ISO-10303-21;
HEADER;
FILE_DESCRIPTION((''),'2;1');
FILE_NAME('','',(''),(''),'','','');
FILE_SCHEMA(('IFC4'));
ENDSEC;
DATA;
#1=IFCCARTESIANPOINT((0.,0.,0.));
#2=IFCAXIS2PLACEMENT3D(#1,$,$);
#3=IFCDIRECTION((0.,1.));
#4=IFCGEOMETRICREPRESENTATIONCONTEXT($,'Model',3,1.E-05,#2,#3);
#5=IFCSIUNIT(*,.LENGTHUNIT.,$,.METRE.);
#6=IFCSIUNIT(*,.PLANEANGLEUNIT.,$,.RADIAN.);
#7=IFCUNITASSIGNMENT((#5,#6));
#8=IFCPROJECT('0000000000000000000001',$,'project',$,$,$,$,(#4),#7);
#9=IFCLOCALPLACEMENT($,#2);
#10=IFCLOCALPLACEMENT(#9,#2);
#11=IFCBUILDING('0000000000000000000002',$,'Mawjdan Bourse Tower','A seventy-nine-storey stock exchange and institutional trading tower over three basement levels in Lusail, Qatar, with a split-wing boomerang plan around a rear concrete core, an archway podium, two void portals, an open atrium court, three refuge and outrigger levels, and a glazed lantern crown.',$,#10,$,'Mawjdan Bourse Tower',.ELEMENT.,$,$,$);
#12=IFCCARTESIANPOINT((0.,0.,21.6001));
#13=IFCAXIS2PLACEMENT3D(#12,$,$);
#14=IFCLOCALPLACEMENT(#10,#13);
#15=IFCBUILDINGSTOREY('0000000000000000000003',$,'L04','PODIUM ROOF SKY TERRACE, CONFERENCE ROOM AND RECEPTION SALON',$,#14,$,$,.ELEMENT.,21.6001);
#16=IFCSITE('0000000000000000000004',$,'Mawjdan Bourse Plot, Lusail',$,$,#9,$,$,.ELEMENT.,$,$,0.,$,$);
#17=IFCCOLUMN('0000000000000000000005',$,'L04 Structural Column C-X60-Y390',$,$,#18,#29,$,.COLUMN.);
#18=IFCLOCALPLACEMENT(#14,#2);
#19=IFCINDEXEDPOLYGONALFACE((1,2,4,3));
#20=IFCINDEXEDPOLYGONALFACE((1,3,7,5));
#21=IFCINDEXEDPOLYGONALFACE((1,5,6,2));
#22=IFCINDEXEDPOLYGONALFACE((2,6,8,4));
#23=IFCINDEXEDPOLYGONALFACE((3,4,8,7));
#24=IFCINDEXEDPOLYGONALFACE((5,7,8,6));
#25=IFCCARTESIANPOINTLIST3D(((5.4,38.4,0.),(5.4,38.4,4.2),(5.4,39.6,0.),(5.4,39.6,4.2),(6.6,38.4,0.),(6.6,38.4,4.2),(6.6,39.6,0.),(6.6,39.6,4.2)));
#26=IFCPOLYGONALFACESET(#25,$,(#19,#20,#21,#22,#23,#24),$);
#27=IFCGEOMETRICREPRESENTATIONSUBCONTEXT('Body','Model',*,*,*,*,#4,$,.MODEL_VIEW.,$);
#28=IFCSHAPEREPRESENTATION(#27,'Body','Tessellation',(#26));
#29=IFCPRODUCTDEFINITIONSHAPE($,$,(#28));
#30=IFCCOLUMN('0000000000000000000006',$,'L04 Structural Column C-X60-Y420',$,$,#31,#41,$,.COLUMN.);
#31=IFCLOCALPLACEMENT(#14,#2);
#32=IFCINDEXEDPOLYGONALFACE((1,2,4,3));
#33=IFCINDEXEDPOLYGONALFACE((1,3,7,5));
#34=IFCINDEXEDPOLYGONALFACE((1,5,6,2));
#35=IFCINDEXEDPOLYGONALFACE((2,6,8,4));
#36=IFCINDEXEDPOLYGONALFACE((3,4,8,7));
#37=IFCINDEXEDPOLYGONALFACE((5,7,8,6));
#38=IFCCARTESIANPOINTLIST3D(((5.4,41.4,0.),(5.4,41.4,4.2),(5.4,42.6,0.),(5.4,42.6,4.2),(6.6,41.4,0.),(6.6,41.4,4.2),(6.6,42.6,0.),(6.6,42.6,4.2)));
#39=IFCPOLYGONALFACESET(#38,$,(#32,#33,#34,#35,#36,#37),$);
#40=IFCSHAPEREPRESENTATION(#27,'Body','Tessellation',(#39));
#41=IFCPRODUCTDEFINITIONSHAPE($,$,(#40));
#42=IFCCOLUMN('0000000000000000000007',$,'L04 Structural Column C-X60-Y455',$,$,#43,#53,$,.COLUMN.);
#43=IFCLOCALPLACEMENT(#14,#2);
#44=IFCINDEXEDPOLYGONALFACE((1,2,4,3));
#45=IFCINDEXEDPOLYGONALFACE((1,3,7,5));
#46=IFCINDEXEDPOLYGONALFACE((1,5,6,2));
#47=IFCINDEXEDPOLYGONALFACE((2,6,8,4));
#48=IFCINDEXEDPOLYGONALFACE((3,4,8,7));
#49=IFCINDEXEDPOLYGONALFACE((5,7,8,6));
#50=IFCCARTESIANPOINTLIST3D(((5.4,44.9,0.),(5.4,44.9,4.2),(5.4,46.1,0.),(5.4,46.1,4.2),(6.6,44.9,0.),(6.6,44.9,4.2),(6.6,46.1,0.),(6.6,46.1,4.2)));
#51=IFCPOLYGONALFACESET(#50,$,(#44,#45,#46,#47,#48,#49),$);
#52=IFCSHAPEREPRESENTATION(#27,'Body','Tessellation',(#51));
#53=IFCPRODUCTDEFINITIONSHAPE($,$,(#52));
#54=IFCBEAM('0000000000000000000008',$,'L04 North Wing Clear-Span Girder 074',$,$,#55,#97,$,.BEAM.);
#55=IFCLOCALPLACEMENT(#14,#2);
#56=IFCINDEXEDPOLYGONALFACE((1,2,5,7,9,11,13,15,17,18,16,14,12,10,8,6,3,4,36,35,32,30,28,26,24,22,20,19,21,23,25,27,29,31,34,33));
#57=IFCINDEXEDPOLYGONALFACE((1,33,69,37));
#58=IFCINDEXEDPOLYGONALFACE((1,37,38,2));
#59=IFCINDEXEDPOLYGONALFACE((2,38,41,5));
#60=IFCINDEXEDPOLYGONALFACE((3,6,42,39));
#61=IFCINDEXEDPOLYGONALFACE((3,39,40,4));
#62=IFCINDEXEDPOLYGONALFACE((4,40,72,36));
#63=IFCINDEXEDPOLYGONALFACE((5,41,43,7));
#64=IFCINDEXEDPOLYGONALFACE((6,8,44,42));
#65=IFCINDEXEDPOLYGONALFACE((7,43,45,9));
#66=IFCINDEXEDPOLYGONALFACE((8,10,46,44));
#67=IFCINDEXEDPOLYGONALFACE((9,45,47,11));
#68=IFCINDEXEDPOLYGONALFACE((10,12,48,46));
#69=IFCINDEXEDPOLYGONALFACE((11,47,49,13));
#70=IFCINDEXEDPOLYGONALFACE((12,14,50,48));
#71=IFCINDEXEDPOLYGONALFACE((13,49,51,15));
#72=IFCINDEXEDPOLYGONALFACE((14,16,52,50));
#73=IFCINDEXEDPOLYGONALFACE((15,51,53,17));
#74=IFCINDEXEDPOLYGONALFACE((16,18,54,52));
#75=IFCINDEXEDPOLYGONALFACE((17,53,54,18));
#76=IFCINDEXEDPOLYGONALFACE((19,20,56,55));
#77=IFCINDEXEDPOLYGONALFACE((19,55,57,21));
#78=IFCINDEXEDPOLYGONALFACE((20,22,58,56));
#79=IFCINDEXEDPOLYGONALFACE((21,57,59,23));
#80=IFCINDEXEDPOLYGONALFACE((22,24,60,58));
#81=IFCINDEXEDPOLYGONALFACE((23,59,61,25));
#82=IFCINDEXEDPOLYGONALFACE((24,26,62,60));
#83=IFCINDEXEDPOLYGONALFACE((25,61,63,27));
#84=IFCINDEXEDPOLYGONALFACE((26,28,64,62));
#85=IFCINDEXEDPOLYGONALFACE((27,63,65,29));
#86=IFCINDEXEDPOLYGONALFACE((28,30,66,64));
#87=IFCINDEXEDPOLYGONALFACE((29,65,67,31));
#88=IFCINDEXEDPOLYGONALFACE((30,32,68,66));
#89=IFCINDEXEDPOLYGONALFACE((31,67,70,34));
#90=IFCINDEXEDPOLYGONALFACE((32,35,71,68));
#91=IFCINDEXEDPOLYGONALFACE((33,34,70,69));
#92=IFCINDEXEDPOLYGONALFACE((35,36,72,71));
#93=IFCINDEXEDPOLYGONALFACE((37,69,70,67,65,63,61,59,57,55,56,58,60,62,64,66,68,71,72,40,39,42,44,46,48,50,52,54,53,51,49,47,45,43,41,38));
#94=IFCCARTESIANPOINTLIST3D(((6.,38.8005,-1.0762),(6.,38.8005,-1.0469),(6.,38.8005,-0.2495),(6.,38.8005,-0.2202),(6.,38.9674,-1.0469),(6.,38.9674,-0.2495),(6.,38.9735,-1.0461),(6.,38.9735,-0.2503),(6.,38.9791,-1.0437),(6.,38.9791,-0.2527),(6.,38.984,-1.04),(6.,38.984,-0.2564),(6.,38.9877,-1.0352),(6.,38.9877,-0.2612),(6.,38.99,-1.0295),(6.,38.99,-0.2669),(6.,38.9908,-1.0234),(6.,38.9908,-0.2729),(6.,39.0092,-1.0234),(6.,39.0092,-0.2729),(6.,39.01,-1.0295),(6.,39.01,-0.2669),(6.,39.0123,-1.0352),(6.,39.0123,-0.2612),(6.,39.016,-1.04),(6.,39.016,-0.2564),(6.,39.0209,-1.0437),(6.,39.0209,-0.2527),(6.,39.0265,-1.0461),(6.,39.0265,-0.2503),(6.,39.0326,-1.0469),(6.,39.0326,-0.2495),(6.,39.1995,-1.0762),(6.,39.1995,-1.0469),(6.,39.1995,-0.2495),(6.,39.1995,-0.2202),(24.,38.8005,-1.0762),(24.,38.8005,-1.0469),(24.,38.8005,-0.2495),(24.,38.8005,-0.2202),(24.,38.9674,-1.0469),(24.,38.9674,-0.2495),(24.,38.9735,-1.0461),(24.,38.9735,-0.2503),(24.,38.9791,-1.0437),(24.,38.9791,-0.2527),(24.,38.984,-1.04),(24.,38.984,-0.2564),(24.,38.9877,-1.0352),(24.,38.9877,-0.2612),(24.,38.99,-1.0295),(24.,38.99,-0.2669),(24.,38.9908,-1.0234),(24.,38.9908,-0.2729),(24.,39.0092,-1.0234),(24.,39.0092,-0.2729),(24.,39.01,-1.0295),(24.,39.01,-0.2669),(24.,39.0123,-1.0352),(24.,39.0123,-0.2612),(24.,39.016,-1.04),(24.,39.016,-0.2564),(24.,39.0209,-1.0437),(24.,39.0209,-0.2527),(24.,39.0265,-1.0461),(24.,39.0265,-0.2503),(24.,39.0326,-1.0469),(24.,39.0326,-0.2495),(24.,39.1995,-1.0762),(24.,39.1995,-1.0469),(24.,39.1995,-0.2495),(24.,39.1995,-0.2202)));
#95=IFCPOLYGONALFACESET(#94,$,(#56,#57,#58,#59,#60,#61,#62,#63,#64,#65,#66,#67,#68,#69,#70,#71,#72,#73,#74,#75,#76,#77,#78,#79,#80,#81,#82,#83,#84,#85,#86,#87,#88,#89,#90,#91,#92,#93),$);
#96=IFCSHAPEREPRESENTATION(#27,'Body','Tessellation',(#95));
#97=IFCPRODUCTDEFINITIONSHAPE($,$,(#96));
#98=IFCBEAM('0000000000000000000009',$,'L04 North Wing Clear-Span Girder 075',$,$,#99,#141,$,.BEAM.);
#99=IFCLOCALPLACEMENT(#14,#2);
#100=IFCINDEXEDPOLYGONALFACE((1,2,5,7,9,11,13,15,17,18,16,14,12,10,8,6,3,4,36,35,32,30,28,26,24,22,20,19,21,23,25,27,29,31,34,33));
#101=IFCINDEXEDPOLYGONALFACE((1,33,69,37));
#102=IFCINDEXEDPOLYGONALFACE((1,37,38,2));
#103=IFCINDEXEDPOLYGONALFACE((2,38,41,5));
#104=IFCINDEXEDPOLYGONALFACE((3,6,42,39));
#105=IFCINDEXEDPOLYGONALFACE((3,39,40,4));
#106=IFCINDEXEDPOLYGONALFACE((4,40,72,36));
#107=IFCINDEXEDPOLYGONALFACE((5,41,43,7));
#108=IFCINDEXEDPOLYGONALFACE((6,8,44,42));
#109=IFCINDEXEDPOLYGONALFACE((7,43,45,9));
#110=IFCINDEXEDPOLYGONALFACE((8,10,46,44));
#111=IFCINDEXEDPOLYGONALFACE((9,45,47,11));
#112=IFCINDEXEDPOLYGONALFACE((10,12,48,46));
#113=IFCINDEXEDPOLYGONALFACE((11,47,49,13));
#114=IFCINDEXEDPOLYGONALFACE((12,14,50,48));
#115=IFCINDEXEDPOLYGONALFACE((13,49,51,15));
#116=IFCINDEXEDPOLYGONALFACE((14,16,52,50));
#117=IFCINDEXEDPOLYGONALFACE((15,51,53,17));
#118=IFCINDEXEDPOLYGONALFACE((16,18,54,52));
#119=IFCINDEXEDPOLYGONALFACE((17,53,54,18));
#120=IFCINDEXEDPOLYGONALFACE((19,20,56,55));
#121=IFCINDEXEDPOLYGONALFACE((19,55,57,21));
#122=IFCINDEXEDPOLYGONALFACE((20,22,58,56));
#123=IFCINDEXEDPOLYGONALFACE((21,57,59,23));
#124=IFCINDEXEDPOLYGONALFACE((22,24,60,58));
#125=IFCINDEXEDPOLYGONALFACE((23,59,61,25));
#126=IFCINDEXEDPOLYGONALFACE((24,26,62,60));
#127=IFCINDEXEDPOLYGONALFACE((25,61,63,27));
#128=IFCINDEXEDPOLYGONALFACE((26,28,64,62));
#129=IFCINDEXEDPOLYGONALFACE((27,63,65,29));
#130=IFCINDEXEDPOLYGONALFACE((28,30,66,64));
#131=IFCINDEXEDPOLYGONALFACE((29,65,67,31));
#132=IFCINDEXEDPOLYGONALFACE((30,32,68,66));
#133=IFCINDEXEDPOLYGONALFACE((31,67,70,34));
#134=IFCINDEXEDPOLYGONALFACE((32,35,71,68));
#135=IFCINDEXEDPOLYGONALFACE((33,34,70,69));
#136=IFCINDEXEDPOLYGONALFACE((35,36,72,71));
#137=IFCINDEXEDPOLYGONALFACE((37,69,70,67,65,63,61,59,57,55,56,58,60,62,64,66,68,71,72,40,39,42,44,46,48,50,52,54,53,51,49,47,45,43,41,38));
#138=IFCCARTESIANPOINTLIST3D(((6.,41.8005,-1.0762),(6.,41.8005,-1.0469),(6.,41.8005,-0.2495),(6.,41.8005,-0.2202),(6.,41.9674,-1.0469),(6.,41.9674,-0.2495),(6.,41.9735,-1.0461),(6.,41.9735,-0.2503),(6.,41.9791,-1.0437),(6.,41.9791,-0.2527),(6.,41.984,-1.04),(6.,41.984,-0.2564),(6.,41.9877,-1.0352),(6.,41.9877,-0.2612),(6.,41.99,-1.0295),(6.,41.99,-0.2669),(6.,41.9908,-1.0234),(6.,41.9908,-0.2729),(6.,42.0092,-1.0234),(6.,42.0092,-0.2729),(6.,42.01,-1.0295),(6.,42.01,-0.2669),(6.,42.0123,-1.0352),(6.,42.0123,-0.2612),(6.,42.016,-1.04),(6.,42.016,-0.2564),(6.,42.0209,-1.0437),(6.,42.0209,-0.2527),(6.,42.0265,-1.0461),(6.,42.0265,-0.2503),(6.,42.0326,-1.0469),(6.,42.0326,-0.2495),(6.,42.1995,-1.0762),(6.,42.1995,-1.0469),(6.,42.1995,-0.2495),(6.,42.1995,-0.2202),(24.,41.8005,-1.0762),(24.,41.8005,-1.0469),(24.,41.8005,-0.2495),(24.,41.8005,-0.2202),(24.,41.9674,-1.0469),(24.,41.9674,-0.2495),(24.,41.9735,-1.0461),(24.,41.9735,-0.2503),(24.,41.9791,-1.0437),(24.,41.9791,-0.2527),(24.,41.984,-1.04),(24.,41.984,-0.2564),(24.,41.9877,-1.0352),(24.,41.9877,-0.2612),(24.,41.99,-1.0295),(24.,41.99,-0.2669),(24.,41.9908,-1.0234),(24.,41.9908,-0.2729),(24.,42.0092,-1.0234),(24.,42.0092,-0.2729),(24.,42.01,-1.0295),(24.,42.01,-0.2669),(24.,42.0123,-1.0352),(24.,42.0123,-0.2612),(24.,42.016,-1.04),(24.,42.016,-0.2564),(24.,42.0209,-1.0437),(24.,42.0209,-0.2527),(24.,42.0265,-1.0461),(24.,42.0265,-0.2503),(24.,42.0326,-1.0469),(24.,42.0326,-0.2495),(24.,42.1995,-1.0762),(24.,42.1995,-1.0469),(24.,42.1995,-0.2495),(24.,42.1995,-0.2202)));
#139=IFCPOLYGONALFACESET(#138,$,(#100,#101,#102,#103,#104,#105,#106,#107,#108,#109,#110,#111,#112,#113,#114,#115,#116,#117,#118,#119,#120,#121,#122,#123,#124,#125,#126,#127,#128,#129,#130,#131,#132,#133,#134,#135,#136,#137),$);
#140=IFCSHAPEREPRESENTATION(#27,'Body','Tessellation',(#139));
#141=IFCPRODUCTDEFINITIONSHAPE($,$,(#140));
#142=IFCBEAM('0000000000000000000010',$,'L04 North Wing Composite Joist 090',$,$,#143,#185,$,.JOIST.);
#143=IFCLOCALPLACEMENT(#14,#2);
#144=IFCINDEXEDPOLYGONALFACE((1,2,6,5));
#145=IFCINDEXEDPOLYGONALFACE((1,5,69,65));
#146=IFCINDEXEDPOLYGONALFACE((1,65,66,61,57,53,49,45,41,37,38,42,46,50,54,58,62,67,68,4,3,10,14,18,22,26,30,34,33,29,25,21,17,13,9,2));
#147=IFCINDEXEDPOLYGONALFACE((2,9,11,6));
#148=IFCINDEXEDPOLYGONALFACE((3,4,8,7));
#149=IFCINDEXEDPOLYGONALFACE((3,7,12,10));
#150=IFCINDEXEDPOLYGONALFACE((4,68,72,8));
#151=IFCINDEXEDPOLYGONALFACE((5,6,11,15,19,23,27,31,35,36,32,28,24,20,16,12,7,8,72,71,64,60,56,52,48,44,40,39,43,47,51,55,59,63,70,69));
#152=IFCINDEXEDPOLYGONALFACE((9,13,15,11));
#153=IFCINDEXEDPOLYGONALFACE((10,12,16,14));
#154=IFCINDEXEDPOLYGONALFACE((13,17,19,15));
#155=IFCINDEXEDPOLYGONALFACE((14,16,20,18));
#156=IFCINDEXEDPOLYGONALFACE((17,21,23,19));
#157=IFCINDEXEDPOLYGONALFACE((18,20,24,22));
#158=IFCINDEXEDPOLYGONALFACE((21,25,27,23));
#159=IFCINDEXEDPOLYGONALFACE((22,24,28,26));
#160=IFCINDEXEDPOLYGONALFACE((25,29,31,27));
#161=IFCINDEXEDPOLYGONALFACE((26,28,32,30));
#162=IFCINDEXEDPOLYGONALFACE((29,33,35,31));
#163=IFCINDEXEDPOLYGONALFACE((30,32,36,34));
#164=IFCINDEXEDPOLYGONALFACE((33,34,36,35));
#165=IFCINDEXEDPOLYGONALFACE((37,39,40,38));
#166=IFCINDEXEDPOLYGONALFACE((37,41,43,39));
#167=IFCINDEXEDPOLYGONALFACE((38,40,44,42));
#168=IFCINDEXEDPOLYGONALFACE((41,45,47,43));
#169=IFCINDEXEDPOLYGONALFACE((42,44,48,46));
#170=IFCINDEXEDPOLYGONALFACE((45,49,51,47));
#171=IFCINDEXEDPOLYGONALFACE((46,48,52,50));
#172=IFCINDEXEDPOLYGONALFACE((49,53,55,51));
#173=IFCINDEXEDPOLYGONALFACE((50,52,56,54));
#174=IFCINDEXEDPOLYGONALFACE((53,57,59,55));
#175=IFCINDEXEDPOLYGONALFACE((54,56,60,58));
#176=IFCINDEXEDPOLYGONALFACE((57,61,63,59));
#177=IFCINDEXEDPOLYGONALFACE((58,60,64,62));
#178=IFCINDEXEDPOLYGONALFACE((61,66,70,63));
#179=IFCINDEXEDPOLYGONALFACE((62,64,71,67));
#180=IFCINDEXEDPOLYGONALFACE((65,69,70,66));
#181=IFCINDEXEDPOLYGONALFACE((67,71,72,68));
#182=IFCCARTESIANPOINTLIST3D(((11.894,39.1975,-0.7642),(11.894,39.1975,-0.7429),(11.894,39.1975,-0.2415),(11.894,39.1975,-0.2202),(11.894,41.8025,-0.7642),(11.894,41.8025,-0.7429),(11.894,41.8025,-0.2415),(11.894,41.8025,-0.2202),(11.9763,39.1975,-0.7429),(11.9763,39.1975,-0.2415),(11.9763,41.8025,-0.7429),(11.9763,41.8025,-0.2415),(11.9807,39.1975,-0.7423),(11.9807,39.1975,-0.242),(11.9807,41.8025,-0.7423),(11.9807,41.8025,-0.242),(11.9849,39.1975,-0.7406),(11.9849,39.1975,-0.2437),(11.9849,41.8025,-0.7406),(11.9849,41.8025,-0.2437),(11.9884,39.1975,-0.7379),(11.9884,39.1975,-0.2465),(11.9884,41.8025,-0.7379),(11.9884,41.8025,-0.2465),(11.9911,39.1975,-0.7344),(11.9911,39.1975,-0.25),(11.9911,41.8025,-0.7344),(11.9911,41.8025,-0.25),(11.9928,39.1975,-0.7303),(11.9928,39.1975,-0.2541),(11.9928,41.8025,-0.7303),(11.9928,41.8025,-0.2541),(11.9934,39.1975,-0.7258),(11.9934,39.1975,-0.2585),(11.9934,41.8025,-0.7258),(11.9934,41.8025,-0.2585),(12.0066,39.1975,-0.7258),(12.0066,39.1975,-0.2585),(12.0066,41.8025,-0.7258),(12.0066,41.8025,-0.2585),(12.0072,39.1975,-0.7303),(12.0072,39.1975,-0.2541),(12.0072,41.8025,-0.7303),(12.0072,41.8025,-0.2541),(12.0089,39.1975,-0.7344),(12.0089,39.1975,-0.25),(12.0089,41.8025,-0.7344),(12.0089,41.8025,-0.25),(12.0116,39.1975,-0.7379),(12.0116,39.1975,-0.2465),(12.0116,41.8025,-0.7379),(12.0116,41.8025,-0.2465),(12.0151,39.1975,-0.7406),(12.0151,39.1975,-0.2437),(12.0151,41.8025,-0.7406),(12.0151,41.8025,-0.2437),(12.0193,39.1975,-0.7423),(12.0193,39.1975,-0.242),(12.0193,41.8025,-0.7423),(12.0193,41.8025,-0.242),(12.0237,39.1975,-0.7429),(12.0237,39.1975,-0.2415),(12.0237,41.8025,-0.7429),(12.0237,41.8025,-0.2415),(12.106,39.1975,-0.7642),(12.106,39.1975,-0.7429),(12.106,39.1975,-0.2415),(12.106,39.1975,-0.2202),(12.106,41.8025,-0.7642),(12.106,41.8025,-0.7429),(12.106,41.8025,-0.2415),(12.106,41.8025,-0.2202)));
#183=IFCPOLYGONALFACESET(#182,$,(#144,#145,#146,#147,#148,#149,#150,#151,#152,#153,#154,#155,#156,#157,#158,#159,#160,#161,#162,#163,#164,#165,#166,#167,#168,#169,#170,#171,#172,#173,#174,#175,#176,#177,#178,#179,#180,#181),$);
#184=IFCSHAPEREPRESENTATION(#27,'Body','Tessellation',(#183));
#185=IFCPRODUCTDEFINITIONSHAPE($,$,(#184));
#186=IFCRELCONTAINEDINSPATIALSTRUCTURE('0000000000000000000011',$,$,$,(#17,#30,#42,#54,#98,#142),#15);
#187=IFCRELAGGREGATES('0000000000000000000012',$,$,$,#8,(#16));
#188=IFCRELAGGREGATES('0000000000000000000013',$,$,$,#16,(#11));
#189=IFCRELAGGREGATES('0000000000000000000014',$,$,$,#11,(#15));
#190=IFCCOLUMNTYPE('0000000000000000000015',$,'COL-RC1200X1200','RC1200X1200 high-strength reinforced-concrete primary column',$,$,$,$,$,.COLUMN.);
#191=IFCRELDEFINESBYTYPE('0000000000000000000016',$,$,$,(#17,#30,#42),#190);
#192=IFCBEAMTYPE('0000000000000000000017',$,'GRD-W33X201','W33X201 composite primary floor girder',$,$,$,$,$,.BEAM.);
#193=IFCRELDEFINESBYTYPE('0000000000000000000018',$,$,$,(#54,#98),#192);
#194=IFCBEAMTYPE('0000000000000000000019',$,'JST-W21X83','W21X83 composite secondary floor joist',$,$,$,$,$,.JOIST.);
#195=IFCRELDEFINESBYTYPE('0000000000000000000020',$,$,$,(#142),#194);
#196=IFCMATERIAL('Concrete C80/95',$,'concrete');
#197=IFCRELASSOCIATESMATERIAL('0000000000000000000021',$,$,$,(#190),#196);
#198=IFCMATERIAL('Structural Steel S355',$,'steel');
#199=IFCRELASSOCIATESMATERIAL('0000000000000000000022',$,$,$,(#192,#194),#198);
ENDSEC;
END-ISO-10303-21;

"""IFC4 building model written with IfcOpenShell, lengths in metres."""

from ifc_helpers import new_model, si_unit, direction, frame, origin, origin_2d, place, context, subcontext, project, spatial, rectangle, i_section, extrude, material, material_profile, profile_set, type_object, element, save


model = new_model("IFC4")

# Units and contexts
model_context = context("Model", 3, precision=1e-05, world=origin(), true_north=direction((0.0, 1.0)))
body_context = subcontext(model_context, "Body", "Model", "MODEL_VIEW")
ifc_project = project(units=[si_unit("LENGTHUNIT", "METRE"), si_unit("PLANEANGLEUNIT", "RADIAN")], contexts=[model_context])

# Site, building, storey
site_placement = place(None, origin())
site = spatial("IfcSite", under=ifc_project, at=site_placement, Name="Mawjdan Bourse Plot, Lusail", CompositionType="ELEMENT", RefElevation=0.0)
building_placement = place(site_placement, origin())
building = spatial("IfcBuilding", under=site, at=building_placement, Name="Mawjdan Bourse Tower", Description="A seventy-nine-storey stock exchange and institutional trading tower over three basement levels in Lusail, Qatar, with a split-wing boomerang plan around a rear concrete core, an archway podium, two void portals, an open atrium court, three refuge and outrigger levels, and a glazed lantern crown.", LongName="Mawjdan Bourse Tower", CompositionType="ELEMENT")
storey_placement = place(building_placement, frame((0.0, 0.0, 21.6001)))
storey = spatial("IfcBuildingStorey", under=building, at=storey_placement, Name="L04", Description="PODIUM ROOF SKY TERRACE, CONFERENCE ROOM AND RECEPTION SALON", CompositionType="ELEMENT", Elevation=21.6001)

# Columns
ifc_material_1 = material(Name="Concrete C80/95", Category="concrete")
ifc_material_profile_1 = material_profile(ifc_material_1, rectangle(XDim=1.2, YDim=1.2, at=origin_2d()), Name="RC1200X1200")
ifc_profile_set_1 = profile_set([ifc_material_profile_1], Name="Concrete C80/95")
column_type = type_object("IfcColumnType", Name="COL-RC1200X1200", Description="RC1200X1200 high-strength reinforced-concrete primary column", PredefinedType="COLUMN", material=ifc_profile_set_1)
for number, where, z_axis, x_axis, name in (
    (1, (6.0, 39.0, 0.0), (0.0, 0.0, 1.0), (1.0, 0.0, 0.0), "L04 Structural Column C-X60-Y390"),
    (2, (6.0, 42.0, 0.0), (0.0, 0.0, 1.0), (1.0, 0.0, 0.0), "L04 Structural Column C-X60-Y420"),
    (3, (6.0, 45.5, 0.0), (0.0, 0.0, 1.0), (1.0, 0.0, 0.0), "L04 Structural Column C-X60-Y455"),
):
    element("IfcColumn", number, at=place(storey_placement, frame(where, z_axis=z_axis, x_axis=x_axis)), inside=storey, type_object=column_type, Name=name, PredefinedType="COLUMN", context=body_context, shape_type="SweptSolid", body=[
        extrude(rectangle(XDim=1.2, YDim=1.2, at=origin_2d()), origin(), (0.0, 0.0, 1.0), 4.2),
    ])

# Beams
ifc_material_2 = material(Name="Structural Steel S355", Category="steel")
ifc_material_profile_2 = material_profile(ifc_material_2, i_section(OverallWidth=0.3989, OverallDepth=0.856, WebThickness=0.0183, FlangeThickness=0.0293, FilletRadius=0.0234, at=origin_2d()), Name="W33X201")
ifc_profile_set_2 = profile_set([ifc_material_profile_2], Name="Structural Steel S355")
beam_type_1 = type_object("IfcBeamType", Name="GRD-W33X201", Description="W33X201 composite primary floor girder", PredefinedType="BEAM", material=ifc_profile_set_2)
for number, where, z_axis, x_axis, name in (
    (4, (6.0, 39.0, -0.6482), (1.0, 0.0, 0.0), (0.0, 1.0, 0.0), "L04 North Wing Clear-Span Girder 074"),
    (5, (6.0, 42.0, -0.6482), (1.0, 0.0, 0.0), (0.0, 1.0, 0.0), "L04 North Wing Clear-Span Girder 075"),
):
    element("IfcBeam", number, at=place(storey_placement, frame(where, z_axis=z_axis, x_axis=x_axis)), inside=storey, type_object=beam_type_1, Name=name, PredefinedType="BEAM", context=body_context, shape_type="SweptSolid", body=[
        extrude(i_section(OverallWidth=0.3989, OverallDepth=0.856, WebThickness=0.0183, FlangeThickness=0.0293, FilletRadius=0.0234, at=origin_2d()), origin(), (0.0, 0.0, 1.0), 18.0),
    ])
ifc_material_profile_3 = material_profile(ifc_material_2, i_section(OverallWidth=0.2119, OverallDepth=0.5439, WebThickness=0.0132, FlangeThickness=0.0212, FilletRadius=0.0171, at=origin_2d()), Name="W21X83")
ifc_profile_set_3 = profile_set([ifc_material_profile_3], Name="Structural Steel S355")
beam_type_2 = type_object("IfcBeamType", Name="JST-W21X83", Description="W21X83 composite secondary floor joist", PredefinedType="JOIST", material=ifc_profile_set_3)
for number, where, z_axis, x_axis, name in (
    (6, (12.0, 39.1975, -0.4922), (0.0, 1.0, 0.0), (-1.0, 0.0, 0.0), "L04 North Wing Composite Joist 090"),
):
    element("IfcBeam", number, at=place(storey_placement, frame(where, z_axis=z_axis, x_axis=x_axis)), inside=storey, type_object=beam_type_2, Name=name, PredefinedType="JOIST", context=body_context, shape_type="SweptSolid", body=[
        extrude(i_section(OverallWidth=0.2119, OverallDepth=0.5439, WebThickness=0.0132, FlangeThickness=0.0212, FilletRadius=0.0171, at=origin_2d()), origin(), (0.0, 0.0, 1.0), 2.605),
    ])

save(model, "model.ifc")
